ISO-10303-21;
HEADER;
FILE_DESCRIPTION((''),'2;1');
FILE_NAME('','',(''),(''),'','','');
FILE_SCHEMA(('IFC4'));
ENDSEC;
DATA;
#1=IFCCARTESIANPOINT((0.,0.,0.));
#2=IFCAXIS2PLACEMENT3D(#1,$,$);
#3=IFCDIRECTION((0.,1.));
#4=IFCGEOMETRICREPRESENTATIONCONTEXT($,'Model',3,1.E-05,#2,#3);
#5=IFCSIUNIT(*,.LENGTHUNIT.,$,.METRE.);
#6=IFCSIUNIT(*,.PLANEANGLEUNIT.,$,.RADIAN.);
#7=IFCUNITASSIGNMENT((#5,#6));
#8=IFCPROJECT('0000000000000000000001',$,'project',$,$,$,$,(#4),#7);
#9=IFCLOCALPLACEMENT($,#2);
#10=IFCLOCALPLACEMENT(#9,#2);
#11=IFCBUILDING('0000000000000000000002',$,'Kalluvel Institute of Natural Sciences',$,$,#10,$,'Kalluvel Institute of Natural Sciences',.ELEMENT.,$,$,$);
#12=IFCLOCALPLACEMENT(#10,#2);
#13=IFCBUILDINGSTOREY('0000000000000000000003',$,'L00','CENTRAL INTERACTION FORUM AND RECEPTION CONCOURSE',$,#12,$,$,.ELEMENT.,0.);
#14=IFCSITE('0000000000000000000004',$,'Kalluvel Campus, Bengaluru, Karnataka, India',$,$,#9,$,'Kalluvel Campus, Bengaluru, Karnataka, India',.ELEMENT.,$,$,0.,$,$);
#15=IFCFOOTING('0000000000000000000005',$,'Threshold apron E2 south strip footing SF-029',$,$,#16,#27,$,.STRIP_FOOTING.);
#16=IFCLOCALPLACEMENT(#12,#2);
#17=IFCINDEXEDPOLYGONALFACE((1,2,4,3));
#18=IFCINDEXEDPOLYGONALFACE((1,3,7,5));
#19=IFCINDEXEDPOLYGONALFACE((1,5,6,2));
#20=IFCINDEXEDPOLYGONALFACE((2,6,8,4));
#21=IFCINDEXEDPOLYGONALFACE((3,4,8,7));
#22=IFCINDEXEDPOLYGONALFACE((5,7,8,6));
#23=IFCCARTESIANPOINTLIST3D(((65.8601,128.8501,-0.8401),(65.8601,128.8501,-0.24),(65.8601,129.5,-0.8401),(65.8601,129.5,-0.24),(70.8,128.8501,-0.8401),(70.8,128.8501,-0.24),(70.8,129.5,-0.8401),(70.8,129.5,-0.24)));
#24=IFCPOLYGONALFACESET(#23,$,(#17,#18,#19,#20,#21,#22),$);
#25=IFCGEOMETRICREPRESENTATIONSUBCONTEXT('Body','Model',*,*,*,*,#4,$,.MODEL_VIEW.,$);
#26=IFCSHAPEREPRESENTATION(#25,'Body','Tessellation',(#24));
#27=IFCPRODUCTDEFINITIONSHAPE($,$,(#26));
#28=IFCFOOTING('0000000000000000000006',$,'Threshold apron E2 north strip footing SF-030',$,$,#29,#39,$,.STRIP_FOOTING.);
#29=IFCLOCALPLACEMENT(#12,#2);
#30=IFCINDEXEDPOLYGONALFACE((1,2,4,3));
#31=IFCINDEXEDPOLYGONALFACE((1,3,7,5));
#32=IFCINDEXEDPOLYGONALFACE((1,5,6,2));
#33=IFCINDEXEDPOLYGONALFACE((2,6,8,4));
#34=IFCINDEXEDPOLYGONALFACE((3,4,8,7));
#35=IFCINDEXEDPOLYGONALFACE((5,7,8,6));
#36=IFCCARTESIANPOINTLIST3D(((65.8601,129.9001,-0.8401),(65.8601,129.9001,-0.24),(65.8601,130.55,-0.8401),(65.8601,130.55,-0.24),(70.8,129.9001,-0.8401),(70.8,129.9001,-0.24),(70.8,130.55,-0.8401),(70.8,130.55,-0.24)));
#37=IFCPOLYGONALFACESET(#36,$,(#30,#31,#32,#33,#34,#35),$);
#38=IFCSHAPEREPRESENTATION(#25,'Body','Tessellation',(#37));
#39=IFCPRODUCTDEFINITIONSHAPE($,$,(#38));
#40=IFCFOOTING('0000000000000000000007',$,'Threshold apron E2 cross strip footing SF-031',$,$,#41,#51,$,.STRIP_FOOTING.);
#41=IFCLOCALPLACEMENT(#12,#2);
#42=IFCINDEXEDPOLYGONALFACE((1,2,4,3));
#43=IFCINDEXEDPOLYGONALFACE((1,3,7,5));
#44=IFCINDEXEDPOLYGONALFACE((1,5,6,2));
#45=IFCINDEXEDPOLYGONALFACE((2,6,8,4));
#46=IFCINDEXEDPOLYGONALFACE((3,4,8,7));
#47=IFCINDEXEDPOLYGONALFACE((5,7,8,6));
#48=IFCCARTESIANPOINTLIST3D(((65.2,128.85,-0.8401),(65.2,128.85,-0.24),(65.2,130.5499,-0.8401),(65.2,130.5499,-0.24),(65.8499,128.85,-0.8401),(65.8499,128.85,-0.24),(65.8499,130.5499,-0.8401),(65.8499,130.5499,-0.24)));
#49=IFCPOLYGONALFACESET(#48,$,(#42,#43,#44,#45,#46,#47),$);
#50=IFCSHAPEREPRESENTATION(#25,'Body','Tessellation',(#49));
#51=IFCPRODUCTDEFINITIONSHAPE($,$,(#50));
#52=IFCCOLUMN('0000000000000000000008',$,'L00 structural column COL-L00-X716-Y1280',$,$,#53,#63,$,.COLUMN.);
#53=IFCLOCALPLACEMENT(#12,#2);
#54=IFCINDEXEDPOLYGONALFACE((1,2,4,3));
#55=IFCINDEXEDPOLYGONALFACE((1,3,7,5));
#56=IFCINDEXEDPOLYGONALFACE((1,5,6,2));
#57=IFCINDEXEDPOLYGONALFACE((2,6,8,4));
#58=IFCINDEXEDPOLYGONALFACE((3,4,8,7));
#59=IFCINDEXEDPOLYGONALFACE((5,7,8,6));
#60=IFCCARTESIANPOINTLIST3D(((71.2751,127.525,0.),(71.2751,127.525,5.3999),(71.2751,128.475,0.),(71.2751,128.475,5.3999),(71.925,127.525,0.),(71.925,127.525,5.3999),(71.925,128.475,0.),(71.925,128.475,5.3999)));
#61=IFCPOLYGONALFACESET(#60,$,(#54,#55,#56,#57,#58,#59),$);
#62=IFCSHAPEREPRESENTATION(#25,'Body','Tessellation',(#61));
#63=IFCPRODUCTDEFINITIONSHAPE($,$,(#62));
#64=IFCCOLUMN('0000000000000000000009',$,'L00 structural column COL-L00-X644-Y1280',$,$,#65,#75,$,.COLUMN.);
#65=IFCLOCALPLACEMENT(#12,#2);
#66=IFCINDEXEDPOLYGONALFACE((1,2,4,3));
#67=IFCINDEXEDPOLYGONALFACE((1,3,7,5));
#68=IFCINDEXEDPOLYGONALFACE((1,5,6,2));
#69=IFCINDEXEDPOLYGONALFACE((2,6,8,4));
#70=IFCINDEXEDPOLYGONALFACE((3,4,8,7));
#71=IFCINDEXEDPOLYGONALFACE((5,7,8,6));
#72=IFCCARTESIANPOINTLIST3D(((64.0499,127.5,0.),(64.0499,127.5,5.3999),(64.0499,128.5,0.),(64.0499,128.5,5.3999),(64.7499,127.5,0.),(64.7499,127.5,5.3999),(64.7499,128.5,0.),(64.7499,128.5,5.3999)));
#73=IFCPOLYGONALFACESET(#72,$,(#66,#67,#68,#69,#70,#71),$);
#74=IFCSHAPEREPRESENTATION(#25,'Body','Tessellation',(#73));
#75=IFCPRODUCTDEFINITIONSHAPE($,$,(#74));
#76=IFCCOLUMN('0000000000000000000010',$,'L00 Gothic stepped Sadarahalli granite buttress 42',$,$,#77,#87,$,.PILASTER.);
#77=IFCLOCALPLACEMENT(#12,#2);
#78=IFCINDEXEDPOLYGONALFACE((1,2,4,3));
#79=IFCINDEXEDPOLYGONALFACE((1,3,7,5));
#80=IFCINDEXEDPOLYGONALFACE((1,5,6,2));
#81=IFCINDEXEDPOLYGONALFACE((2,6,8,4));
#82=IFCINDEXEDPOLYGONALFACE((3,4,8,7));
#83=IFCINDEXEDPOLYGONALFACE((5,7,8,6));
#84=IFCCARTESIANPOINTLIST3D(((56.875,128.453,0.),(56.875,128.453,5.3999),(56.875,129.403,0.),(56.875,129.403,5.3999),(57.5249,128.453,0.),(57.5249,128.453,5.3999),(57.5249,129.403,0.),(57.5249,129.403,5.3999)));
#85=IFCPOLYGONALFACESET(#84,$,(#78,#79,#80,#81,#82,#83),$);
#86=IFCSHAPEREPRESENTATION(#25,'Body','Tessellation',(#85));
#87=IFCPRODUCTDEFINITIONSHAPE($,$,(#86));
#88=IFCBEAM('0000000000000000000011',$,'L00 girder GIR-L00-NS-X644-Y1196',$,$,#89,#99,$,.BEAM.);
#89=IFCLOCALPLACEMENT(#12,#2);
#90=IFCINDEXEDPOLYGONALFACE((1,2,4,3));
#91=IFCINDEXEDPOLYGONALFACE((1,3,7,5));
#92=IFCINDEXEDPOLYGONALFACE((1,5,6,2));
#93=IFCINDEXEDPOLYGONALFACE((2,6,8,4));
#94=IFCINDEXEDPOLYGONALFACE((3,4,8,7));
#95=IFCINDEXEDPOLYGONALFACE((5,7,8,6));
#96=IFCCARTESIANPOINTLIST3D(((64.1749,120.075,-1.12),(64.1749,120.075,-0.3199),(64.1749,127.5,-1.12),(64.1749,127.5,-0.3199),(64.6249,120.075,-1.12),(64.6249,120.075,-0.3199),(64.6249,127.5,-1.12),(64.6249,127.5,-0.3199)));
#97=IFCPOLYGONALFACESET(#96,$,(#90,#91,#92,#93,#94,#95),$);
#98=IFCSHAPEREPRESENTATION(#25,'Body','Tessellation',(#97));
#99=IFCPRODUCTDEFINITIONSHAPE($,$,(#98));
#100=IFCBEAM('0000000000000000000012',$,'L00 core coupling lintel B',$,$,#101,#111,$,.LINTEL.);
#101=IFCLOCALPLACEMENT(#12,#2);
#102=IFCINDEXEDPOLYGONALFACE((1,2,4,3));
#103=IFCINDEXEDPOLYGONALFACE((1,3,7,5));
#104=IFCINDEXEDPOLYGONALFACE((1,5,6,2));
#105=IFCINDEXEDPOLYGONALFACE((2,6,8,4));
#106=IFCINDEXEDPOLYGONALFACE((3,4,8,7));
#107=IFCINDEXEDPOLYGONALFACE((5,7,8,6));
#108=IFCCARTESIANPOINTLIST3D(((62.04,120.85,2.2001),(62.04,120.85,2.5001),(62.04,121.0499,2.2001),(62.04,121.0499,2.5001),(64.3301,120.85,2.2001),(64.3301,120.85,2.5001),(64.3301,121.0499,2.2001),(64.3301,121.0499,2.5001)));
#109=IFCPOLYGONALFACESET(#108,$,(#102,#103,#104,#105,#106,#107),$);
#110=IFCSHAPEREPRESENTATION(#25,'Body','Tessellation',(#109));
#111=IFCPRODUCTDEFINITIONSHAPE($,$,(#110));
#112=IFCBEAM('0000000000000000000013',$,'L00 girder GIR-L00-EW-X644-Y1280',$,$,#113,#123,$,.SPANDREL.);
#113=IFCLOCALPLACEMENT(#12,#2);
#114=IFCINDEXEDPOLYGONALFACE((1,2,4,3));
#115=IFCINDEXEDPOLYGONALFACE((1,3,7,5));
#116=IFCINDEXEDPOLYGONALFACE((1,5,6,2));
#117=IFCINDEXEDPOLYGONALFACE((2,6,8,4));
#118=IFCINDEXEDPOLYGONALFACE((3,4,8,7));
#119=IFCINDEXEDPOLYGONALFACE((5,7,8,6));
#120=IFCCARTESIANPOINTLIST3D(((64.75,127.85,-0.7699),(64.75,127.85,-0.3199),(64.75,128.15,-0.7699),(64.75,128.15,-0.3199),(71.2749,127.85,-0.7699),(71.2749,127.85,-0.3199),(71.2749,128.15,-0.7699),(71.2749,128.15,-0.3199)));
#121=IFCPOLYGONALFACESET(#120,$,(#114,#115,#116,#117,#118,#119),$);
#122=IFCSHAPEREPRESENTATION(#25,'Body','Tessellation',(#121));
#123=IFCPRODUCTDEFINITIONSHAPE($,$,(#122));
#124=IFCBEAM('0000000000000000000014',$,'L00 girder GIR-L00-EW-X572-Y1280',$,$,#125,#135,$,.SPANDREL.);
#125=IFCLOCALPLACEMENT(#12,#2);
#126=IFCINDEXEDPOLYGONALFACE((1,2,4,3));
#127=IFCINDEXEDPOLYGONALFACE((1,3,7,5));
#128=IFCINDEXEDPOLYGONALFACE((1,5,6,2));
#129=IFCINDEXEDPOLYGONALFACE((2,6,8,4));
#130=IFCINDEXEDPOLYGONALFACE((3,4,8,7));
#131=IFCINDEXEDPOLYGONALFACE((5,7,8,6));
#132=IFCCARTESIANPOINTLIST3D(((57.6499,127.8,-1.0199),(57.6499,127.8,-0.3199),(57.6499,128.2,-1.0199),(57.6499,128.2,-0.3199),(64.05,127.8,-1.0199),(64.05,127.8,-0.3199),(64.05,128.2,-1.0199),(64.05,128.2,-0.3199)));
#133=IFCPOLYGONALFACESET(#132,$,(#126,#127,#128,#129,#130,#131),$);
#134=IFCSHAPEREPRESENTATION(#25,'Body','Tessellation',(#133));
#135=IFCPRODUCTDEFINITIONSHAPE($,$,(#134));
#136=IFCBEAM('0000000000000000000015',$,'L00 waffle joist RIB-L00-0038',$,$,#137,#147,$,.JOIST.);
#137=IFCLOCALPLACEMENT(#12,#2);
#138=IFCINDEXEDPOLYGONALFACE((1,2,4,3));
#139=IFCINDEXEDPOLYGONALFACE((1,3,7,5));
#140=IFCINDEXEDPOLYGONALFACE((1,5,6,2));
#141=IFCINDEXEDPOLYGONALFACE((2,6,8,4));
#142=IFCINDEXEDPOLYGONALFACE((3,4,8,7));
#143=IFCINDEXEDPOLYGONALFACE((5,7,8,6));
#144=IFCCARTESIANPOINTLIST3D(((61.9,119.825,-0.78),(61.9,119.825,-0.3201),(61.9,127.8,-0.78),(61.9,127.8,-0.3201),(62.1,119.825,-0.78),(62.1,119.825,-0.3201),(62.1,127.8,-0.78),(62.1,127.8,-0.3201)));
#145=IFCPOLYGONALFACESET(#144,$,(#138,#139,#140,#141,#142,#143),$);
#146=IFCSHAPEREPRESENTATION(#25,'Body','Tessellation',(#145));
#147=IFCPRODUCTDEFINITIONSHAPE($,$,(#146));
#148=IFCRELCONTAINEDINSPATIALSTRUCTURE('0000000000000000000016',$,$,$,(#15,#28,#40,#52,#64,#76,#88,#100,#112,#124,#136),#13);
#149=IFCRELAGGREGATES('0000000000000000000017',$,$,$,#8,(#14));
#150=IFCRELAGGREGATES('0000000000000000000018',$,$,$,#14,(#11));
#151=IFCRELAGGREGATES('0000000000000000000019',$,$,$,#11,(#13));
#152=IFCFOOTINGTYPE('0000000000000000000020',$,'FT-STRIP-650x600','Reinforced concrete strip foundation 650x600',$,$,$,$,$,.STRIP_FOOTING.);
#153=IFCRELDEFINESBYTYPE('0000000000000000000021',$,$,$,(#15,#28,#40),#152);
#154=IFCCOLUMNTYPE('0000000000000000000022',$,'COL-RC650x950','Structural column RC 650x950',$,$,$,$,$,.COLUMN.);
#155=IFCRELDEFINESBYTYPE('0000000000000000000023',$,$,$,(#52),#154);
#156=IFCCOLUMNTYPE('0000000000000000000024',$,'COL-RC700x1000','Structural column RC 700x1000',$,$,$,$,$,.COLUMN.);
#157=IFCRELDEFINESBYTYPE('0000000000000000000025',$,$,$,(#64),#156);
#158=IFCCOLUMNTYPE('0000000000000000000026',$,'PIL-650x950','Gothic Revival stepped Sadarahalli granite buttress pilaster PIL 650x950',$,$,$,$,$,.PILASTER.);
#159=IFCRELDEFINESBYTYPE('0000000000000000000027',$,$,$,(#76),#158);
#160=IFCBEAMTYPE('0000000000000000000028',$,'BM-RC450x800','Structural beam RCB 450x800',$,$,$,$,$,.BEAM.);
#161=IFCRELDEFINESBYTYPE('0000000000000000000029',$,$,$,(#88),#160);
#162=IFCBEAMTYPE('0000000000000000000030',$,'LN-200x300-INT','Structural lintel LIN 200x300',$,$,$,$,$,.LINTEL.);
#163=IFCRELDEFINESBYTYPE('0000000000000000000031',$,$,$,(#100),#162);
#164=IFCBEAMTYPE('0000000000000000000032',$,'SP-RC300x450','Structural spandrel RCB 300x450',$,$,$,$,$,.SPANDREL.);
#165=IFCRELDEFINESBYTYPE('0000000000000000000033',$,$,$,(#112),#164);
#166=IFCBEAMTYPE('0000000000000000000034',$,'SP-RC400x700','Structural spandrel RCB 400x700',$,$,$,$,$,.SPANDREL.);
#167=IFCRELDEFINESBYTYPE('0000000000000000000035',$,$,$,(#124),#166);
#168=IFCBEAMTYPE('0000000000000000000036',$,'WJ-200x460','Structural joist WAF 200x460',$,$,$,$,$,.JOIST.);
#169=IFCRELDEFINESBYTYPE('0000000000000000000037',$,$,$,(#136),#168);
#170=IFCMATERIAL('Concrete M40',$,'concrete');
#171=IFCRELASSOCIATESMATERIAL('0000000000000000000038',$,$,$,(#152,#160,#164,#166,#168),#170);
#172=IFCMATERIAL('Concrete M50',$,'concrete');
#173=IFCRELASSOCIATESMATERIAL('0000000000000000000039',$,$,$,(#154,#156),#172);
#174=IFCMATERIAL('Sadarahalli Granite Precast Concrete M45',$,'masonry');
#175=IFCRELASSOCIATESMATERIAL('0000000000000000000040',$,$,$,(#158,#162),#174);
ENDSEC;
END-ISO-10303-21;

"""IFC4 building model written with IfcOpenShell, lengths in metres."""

from ifc_helpers import new_model, si_unit, direction, frame, origin, origin_2d, place, context, subcontext, project, spatial, rectangle, extrude, material, material_profile, profile_set, type_object, element, save


model = new_model("IFC4")

# Units and contexts
model_context = context("Model", 3, precision=1e-05, world=origin(), true_north=direction((0.0, 1.0)))
body_context = subcontext(model_context, "Body", "Model", "MODEL_VIEW")
ifc_project = project(units=[si_unit("LENGTHUNIT", "METRE"), si_unit("PLANEANGLEUNIT", "RADIAN")], contexts=[model_context])

# Site, building, storey
site_placement = place(None, origin())
site = spatial("IfcSite", under=ifc_project, at=site_placement, Name="Kalluvel Campus, Bengaluru, Karnataka, India", LongName="Kalluvel Campus, Bengaluru, Karnataka, India", CompositionType="ELEMENT", RefElevation=0.0)
building_placement = place(site_placement, origin())
building = spatial("IfcBuilding", under=site, at=building_placement, Name="Kalluvel Institute of Natural Sciences", LongName="Kalluvel Institute of Natural Sciences", CompositionType="ELEMENT")
storey_placement = place(building_placement, origin())
storey = spatial("IfcBuildingStorey", under=building, at=storey_placement, Name="L00", Description="CENTRAL INTERACTION FORUM AND RECEPTION CONCOURSE", CompositionType="ELEMENT", Elevation=0.0)

# Footings
ifc_material_1 = material(Name="Concrete M40", Category="concrete")
footing_type = type_object("IfcFootingType", Name="FT-STRIP-650x600", Description="Reinforced concrete strip foundation 650x600", PredefinedType="STRIP_FOOTING", material=ifc_material_1)
for number, where, z_axis, x_axis, name in (
    (1, (68.3301, 129.175, -0.8401), (0.0, 0.0, 1.0), (1.0, 0.0, 0.0), "Threshold apron E2 south strip footing SF-029"),
    (2, (68.3301, 130.2251, -0.8401), (0.0, 0.0, 1.0), (1.0, 0.0, 0.0), "Threshold apron E2 north strip footing SF-030"),
):
    element("IfcFooting", number, at=place(storey_placement, frame(where, z_axis=z_axis, x_axis=x_axis)), inside=storey, type_object=footing_type, Name=name, PredefinedType="STRIP_FOOTING", context=body_context, shape_type="SweptSolid", body=[
        extrude(rectangle(XDim=4.9399, YDim=0.6499, at=origin_2d()), origin(), (0.0, 0.0, 1.0), 0.6001),
    ])
footing_placement = place(storey_placement, frame((65.5249, 129.7, -0.8401), z_axis=(0.0, 0.0, 1.0), x_axis=(1.0, 0.0, 0.0)))
element("IfcFooting", 3, at=footing_placement, inside=storey, type_object=footing_type, Name="Threshold apron E2 cross strip footing SF-031", PredefinedType="STRIP_FOOTING", context=body_context, shape_type="SweptSolid", body=[
    extrude(rectangle(XDim=0.6499, YDim=1.7, at=origin_2d()), origin(), (0.0, 0.0, 1.0), 0.6001),
])

# Columns
ifc_material_2 = material(Name="Concrete M50", Category="concrete")
ifc_material_profile_1 = material_profile(ifc_material_2, rectangle(XDim=0.6499, YDim=0.95, at=origin_2d()), Name="RC 650x950")
ifc_profile_set_1 = profile_set([ifc_material_profile_1], Name="Concrete M50")
column_type_1 = type_object("IfcColumnType", Name="COL-RC650x950", Description="Structural column RC 650x950", PredefinedType="COLUMN", material=ifc_profile_set_1)
column_1_placement = place(storey_placement, frame((71.6001, 128.0, 0.0), z_axis=(0.0, 0.0, 1.0), x_axis=(1.0, 0.0, 0.0)))
element("IfcColumn", 4, at=column_1_placement, inside=storey, type_object=column_type_1, Name="L00 structural column COL-L00-X716-Y1280", PredefinedType="COLUMN", context=body_context, shape_type="SweptSolid", body=[
    extrude(rectangle(XDim=0.6499, YDim=0.95, at=origin_2d()), origin(), (0.0, 0.0, 1.0), 5.3999),
])
ifc_material_profile_2 = material_profile(ifc_material_2, rectangle(XDim=0.7, YDim=1.0, at=origin_2d()), Name="RC 700x1000")
ifc_profile_set_2 = profile_set([ifc_material_profile_2], Name="Concrete M50")
column_type_2 = type_object("IfcColumnType", Name="COL-RC700x1000", Description="Structural column RC 700x1000", PredefinedType="COLUMN", material=ifc_profile_set_2)
column_2_placement = place(storey_placement, frame((64.3999, 128.0, 0.0), z_axis=(0.0, 0.0, 1.0), x_axis=(1.0, 0.0, 0.0)))
element("IfcColumn", 5, at=column_2_placement, inside=storey, type_object=column_type_2, Name="L00 structural column COL-L00-X644-Y1280", PredefinedType="COLUMN", context=body_context, shape_type="SweptSolid", body=[
    extrude(rectangle(XDim=0.7, YDim=1.0, at=origin_2d()), origin(), (0.0, 0.0, 1.0), 5.3999),
])
ifc_material_3 = material(Name="Sadarahalli Granite Precast Concrete M45", Category="masonry")
ifc_material_profile_3 = material_profile(ifc_material_3, rectangle(XDim=0.6499, YDim=0.95, at=origin_2d()), Name="PIL 650x950")
ifc_profile_set_3 = profile_set([ifc_material_profile_3], Name="Sadarahalli Granite Precast Concrete M45")
column_type_3 = type_object("IfcColumnType", Name="PIL-650x950", Description="Gothic Revival stepped Sadarahalli granite buttress pilaster PIL 650x950", PredefinedType="PILASTER", material=ifc_profile_set_3)
column_3_placement = place(storey_placement, frame((57.2, 128.928, 0.0), z_axis=(0.0, 0.0, 1.0), x_axis=(1.0, 0.0, 0.0)))
element("IfcColumn", 6, at=column_3_placement, inside=storey, type_object=column_type_3, Name="L00 Gothic stepped Sadarahalli granite buttress 42", PredefinedType="PILASTER", context=body_context, shape_type="SweptSolid", body=[
    extrude(rectangle(XDim=0.6499, YDim=0.95, at=origin_2d()), origin(), (0.0, 0.0, 1.0), 5.3999),
])

# Beams
ifc_material_profile_4 = material_profile(ifc_material_1, rectangle(XDim=0.45, YDim=0.8, at=origin_2d()), Name="RCB 450x800")
ifc_profile_set_4 = profile_set([ifc_material_profile_4], Name="Concrete M40")
beam_type_1 = type_object("IfcBeamType", Name="BM-RC450x800", Description="Structural beam RCB 450x800", PredefinedType="BEAM", material=ifc_profile_set_4)
beam_1_placement = place(storey_placement, frame((64.3999, 120.075, -0.72), z_axis=(0.0, 1.0, 0.0), x_axis=(-1.0, 0.0, 0.0)))
element("IfcBeam", 7, at=beam_1_placement, inside=storey, type_object=beam_type_1, Name="L00 girder GIR-L00-NS-X644-Y1196", PredefinedType="BEAM", context=body_context, shape_type="SweptSolid", body=[
    extrude(rectangle(XDim=0.45, YDim=0.8, at=origin_2d()), origin(), (0.0, 0.0, 1.0), 7.425),
])
ifc_material_profile_5 = material_profile(ifc_material_3, rectangle(XDim=0.2, YDim=0.3, at=origin_2d()), Name="LIN 200x300")
ifc_profile_set_5 = profile_set([ifc_material_profile_5], Name="Sadarahalli Granite Precast Concrete M45")
beam_type_2 = type_object("IfcBeamType", Name="LN-200x300-INT", Description="Structural lintel LIN 200x300", PredefinedType="LINTEL", material=ifc_profile_set_5)
beam_2_placement = place(storey_placement, frame((62.04, 120.95, 2.3501), z_axis=(1.0, 0.0, 0.0), x_axis=(0.0, 1.0, 0.0)))
element("IfcBeam", 8, at=beam_2_placement, inside=storey, type_object=beam_type_2, Name="L00 core coupling lintel B", PredefinedType="LINTEL", context=body_context, shape_type="SweptSolid", body=[
    extrude(rectangle(XDim=0.2, YDim=0.3, at=origin_2d()), origin(), (0.0, 0.0, 1.0), 2.29),
])
ifc_material_profile_6 = material_profile(ifc_material_1, rectangle(XDim=0.3, YDim=0.45, at=origin_2d()), Name="RCB 300x450")
ifc_profile_set_6 = profile_set([ifc_material_profile_6], Name="Concrete M40")
beam_type_3 = type_object("IfcBeamType", Name="SP-RC300x450", Description="Structural spandrel RCB 300x450", PredefinedType="SPANDREL", material=ifc_profile_set_6)
beam_3_placement = place(storey_placement, frame((64.75, 128.0, -0.5449), z_axis=(1.0, 0.0, 0.0), x_axis=(0.0, 1.0, 0.0)))
element("IfcBeam", 9, at=beam_3_placement, inside=storey, type_object=beam_type_3, Name="L00 girder GIR-L00-EW-X644-Y1280", PredefinedType="SPANDREL", context=body_context, shape_type="SweptSolid", body=[
    extrude(rectangle(XDim=0.3, YDim=0.45, at=origin_2d()), origin(), (0.0, 0.0, 1.0), 6.5249),
])
ifc_material_profile_7 = material_profile(ifc_material_1, rectangle(XDim=0.3999, YDim=0.7, at=origin_2d()), Name="RCB 400x700")
ifc_profile_set_7 = profile_set([ifc_material_profile_7], Name="Concrete M40")
beam_type_4 = type_object("IfcBeamType", Name="SP-RC400x700", Description="Structural spandrel RCB 400x700", PredefinedType="SPANDREL", material=ifc_profile_set_7)
beam_4_placement = place(storey_placement, frame((57.6499, 128.0, -0.6699), z_axis=(1.0, 0.0, 0.0), x_axis=(0.0, 1.0, 0.0)))
element("IfcBeam", 10, at=beam_4_placement, inside=storey, type_object=beam_type_4, Name="L00 girder GIR-L00-EW-X572-Y1280", PredefinedType="SPANDREL", context=body_context, shape_type="SweptSolid", body=[
    extrude(rectangle(XDim=0.3999, YDim=0.7, at=origin_2d()), origin(), (0.0, 0.0, 1.0), 6.4001),
])
ifc_material_profile_8 = material_profile(ifc_material_1, rectangle(XDim=0.2, YDim=0.46, at=origin_2d()), Name="WAF 200x460")
ifc_profile_set_8 = profile_set([ifc_material_profile_8], Name="Concrete M40")
beam_type_5 = type_object("IfcBeamType", Name="WJ-200x460", Description="Structural joist WAF 200x460", PredefinedType="JOIST", material=ifc_profile_set_8)
beam_5_placement = place(storey_placement, frame((62.0, 119.825, -0.55), z_axis=(0.0, 1.0, 0.0), x_axis=(-1.0, 0.0, 0.0)))
element("IfcBeam", 11, at=beam_5_placement, inside=storey, type_object=beam_type_5, Name="L00 waffle joist RIB-L00-0038", PredefinedType="JOIST", context=body_context, shape_type="SweptSolid", body=[
    extrude(rectangle(XDim=0.2, YDim=0.46, at=origin_2d()), origin(), (0.0, 0.0, 1.0), 7.9751),
])

save(model, "model.ifc")
